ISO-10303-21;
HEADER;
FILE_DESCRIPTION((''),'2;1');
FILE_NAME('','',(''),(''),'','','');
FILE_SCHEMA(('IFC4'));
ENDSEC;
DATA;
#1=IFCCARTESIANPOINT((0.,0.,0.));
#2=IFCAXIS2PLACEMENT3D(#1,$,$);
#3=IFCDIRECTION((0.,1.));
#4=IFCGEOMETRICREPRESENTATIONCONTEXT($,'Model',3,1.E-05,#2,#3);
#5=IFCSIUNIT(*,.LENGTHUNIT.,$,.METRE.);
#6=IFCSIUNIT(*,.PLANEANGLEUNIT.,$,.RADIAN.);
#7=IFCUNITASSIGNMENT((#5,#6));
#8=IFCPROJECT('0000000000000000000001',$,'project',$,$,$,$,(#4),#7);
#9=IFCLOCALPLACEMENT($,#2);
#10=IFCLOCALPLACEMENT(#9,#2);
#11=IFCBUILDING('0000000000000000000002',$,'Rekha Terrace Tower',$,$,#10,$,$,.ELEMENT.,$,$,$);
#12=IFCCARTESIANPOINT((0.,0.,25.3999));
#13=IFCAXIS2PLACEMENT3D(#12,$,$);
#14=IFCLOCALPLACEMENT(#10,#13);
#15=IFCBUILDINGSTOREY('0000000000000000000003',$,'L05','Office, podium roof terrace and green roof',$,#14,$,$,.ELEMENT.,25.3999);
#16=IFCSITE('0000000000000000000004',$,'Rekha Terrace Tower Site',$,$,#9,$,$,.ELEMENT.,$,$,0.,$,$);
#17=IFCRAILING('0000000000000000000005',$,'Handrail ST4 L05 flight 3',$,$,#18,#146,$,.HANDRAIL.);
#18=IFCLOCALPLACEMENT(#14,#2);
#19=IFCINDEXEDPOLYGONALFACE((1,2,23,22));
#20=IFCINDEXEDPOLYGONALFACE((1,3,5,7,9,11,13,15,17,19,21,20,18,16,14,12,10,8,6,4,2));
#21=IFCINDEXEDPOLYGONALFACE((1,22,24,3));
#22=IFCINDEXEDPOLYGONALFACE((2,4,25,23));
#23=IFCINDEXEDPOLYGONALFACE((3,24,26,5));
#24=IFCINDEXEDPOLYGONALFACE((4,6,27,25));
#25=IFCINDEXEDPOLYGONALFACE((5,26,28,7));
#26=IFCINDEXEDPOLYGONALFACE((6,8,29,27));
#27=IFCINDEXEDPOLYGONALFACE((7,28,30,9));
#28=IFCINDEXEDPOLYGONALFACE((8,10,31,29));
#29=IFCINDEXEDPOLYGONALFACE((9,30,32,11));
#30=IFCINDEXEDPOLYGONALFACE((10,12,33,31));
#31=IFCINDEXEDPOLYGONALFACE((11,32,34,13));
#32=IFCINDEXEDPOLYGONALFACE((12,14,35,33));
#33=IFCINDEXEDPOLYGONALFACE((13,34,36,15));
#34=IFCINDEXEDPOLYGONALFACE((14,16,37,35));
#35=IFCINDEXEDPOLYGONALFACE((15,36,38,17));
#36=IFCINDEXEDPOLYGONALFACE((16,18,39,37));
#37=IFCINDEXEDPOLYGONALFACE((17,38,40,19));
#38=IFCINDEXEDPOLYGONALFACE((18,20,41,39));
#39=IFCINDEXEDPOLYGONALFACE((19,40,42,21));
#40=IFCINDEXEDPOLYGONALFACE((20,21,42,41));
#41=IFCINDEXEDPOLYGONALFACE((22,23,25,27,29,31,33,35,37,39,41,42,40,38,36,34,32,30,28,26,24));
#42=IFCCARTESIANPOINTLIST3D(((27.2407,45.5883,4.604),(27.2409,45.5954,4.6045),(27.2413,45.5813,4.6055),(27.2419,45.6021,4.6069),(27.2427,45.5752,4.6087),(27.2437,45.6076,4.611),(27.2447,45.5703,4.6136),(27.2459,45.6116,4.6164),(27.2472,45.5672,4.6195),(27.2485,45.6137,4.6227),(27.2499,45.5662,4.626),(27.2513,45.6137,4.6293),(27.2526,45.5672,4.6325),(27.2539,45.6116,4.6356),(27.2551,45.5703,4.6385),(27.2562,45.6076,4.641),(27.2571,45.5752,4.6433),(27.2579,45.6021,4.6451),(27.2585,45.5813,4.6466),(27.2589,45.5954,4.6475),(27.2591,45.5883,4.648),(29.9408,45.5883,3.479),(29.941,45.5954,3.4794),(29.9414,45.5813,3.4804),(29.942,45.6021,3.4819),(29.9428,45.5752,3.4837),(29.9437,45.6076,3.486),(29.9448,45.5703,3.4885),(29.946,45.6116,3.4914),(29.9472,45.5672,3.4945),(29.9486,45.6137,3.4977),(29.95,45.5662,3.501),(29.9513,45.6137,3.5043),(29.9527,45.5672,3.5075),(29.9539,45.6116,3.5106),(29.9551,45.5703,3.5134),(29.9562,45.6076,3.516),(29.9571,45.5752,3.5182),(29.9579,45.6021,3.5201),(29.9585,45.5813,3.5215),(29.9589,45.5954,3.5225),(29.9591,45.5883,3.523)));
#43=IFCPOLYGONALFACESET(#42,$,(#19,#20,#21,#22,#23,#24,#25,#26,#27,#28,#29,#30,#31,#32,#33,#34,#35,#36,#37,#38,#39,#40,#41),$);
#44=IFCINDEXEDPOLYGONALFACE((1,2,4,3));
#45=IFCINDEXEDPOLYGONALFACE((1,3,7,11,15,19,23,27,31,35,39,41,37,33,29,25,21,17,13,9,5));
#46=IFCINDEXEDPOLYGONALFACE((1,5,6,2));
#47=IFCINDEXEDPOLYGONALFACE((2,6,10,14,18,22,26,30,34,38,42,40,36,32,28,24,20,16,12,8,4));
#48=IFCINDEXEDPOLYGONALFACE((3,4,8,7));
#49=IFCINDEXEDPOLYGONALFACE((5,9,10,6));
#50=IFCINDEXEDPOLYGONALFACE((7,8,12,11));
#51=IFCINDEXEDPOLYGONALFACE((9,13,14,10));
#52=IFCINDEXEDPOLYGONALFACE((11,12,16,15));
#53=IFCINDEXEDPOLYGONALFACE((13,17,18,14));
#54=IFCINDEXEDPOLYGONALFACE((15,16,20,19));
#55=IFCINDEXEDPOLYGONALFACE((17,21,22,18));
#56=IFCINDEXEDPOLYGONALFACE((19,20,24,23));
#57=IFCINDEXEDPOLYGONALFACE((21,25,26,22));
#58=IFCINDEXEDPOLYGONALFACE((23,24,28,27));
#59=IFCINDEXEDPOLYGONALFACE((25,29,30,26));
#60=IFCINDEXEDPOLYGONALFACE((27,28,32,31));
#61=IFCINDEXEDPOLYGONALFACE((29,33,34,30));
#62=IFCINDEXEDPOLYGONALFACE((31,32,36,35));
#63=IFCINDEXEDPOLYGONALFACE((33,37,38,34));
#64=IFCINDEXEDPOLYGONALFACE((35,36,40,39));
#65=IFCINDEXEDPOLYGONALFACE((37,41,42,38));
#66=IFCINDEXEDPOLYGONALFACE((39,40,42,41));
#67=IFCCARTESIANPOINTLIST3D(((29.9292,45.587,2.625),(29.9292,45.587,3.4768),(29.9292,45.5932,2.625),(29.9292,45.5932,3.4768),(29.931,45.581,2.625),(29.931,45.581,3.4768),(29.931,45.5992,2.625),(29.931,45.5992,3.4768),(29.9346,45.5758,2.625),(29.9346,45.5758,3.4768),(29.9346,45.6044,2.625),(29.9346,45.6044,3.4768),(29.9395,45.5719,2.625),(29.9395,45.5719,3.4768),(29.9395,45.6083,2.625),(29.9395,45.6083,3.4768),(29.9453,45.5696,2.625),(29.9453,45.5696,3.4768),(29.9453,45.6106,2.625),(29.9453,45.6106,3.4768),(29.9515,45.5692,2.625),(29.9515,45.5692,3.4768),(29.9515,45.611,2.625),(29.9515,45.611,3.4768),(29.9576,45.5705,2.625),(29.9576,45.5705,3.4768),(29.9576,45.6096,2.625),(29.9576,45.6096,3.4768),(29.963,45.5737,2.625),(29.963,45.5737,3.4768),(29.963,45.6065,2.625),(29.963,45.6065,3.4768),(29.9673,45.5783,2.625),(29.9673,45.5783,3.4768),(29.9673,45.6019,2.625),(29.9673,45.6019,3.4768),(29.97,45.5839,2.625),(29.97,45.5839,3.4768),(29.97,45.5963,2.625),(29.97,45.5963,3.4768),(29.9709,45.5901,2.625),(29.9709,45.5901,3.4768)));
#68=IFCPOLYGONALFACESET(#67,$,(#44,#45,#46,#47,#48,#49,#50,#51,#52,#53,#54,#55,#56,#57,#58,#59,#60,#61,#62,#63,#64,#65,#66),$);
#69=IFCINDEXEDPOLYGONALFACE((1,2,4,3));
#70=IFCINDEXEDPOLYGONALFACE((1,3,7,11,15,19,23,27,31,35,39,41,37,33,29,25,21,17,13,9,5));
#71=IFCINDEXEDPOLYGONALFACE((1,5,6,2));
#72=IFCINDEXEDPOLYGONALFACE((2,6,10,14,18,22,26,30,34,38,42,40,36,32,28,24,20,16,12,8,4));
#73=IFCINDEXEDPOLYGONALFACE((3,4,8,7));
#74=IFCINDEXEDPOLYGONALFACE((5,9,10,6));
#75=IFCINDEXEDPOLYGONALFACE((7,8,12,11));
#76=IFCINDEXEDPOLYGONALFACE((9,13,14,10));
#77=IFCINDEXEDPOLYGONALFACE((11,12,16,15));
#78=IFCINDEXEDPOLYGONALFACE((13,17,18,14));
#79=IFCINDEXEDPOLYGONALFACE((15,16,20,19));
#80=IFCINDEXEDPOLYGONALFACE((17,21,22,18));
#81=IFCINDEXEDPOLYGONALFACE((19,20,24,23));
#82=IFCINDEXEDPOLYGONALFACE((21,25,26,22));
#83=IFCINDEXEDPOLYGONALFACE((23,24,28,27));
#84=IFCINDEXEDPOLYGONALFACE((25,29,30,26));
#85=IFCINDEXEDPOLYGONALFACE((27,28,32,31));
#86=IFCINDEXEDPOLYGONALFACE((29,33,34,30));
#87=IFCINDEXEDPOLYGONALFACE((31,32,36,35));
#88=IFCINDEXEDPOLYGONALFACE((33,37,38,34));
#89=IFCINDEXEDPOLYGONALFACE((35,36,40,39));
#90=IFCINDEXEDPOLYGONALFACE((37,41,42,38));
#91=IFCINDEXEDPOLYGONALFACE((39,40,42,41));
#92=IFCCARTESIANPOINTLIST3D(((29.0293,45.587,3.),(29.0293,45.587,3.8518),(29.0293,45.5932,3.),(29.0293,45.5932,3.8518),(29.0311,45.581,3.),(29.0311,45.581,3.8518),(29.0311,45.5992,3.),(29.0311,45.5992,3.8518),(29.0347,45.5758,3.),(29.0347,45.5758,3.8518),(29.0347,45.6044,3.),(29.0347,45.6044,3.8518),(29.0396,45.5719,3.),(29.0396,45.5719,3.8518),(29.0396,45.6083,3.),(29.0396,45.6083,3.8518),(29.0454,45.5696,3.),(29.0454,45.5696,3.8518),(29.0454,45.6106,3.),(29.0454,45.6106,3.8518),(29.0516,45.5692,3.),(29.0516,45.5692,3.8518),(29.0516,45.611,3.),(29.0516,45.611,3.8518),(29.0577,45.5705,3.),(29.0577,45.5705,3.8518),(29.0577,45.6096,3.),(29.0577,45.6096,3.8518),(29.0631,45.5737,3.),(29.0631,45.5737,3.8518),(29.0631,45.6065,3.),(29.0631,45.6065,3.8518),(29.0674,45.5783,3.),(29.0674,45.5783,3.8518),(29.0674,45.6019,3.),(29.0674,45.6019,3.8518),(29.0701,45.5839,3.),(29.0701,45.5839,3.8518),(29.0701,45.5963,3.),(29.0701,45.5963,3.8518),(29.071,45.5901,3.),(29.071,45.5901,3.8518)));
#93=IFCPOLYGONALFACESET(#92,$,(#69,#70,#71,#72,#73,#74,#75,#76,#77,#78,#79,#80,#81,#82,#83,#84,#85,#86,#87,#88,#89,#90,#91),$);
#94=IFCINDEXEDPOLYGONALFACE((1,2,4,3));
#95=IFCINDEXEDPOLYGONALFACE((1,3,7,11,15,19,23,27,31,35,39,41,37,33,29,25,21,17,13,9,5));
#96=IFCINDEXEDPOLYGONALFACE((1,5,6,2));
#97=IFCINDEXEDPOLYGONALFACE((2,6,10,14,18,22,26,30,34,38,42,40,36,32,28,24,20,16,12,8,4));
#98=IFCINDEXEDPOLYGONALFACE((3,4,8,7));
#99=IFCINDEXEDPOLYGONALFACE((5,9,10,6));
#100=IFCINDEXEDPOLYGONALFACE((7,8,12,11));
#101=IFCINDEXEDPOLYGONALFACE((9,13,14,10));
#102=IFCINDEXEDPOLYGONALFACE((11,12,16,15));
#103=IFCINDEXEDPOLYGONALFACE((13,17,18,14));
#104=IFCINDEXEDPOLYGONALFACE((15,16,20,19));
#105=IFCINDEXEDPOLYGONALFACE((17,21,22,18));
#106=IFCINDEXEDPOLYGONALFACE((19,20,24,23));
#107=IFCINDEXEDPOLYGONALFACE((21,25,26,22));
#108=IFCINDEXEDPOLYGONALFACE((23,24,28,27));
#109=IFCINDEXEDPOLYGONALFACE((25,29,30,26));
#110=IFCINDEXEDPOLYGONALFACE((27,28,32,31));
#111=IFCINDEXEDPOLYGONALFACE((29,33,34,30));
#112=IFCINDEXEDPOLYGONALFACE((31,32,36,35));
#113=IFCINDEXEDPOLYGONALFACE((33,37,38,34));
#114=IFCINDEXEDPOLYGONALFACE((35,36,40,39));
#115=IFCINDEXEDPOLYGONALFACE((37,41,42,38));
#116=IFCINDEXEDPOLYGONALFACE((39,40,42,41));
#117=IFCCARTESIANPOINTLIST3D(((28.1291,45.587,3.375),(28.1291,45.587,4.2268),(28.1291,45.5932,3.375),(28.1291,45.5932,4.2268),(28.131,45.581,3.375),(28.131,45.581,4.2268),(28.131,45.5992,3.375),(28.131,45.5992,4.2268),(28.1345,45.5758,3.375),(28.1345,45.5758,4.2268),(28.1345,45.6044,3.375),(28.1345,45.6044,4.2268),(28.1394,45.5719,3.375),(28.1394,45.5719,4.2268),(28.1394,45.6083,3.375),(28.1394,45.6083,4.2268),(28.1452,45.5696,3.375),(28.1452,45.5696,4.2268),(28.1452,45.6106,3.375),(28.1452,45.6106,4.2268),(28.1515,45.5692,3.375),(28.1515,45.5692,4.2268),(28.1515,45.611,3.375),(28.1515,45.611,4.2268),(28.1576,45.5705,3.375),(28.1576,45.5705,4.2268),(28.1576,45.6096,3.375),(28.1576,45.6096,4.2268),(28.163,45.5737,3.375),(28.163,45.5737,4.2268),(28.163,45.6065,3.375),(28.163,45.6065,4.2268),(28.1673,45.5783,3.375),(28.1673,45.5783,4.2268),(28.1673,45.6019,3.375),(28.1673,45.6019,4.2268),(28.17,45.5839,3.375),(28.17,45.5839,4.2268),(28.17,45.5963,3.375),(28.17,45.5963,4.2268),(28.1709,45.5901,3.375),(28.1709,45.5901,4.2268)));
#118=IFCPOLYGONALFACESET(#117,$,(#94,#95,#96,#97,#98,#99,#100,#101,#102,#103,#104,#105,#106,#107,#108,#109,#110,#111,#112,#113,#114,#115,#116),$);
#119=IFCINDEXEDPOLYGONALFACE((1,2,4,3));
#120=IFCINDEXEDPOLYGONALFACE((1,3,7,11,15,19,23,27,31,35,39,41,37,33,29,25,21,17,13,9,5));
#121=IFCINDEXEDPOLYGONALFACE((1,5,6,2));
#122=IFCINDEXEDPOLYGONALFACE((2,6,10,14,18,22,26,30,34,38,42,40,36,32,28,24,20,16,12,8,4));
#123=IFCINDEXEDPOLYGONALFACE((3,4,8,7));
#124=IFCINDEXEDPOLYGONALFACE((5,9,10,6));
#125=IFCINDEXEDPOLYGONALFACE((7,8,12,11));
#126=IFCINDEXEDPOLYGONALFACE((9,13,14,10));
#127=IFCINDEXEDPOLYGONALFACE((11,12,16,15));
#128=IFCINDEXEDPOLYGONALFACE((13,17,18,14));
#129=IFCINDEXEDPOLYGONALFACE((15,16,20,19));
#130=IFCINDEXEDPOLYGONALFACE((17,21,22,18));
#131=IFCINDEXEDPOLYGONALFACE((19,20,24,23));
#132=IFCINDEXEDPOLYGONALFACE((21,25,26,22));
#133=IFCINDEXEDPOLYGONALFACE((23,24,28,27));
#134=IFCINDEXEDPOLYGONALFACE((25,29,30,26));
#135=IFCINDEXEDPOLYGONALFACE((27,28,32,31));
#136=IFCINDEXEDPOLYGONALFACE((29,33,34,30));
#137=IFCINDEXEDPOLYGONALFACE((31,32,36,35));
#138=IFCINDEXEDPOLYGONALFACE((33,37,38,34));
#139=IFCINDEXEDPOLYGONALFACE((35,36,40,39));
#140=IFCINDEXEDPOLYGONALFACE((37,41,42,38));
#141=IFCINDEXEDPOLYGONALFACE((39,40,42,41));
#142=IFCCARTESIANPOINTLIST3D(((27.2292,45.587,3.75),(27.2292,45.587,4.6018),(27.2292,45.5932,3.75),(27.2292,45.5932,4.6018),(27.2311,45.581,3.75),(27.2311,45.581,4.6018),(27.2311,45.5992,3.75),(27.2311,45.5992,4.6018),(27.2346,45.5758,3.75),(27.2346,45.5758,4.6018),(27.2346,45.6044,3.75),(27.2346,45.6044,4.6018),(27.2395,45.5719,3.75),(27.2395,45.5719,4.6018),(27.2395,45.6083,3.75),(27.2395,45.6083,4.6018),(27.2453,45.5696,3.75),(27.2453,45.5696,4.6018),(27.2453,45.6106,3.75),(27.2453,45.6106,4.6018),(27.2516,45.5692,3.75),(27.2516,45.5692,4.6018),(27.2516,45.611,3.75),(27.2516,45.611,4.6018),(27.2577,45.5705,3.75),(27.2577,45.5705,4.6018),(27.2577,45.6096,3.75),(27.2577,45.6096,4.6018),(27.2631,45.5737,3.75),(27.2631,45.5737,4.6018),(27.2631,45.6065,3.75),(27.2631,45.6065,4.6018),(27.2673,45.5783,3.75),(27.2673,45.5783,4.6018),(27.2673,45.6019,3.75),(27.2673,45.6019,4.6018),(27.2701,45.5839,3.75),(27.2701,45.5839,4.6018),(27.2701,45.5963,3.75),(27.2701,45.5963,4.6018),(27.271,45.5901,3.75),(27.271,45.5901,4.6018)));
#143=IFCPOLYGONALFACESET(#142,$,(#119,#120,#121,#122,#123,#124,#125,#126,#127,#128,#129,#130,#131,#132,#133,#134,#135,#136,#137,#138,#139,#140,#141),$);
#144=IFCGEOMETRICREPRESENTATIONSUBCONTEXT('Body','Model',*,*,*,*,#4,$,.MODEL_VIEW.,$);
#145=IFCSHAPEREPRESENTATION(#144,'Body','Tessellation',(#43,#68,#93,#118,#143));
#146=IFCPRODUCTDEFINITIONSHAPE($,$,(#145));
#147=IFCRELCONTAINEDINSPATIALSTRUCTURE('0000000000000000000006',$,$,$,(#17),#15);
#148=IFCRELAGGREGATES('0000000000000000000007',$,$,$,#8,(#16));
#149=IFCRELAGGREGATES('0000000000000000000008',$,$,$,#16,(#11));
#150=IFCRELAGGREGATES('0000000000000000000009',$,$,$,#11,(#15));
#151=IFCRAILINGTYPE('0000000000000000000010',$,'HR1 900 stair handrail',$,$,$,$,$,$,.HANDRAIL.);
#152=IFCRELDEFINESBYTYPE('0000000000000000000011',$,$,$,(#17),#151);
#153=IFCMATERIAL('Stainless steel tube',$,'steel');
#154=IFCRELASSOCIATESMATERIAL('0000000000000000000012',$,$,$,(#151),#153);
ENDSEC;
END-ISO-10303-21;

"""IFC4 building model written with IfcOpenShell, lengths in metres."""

from ifc_helpers import new_model, si_unit, direction, frame, origin, origin_2d, place, context, subcontext, project, spatial, circle, extrude, material, type_object, element, save


model = new_model("IFC4")

# Units and contexts
model_context = context("Model", 3, precision=1e-05, world=origin(), true_north=direction((0.0, 1.0)))
body_context = subcontext(model_context, "Body", "Model", "MODEL_VIEW")
ifc_project = project(units=[si_unit("LENGTHUNIT", "METRE"), si_unit("PLANEANGLEUNIT", "RADIAN")], contexts=[model_context])

# Site, building, storey
site_placement = place(None, origin())
site = spatial("IfcSite", under=ifc_project, at=site_placement, Name="Rekha Terrace Tower Site", CompositionType="ELEMENT", RefElevation=0.0)
building_placement = place(site_placement, origin())
building = spatial("IfcBuilding", under=site, at=building_placement, Name="Rekha Terrace Tower", CompositionType="ELEMENT")
storey_placement = place(building_placement, frame((0.0, 0.0, 25.3999)))
storey = spatial("IfcBuildingStorey", under=building, at=storey_placement, Name="L05", Description="Office, podium roof terrace and green roof", CompositionType="ELEMENT", Elevation=25.3999)

# Railing
ifc_material_1 = material(Name="Stainless steel tube", Category="steel")
railing_type_1 = type_object("IfcRailingType", Name="HR1 900 stair handrail", PredefinedType="HANDRAIL", material=ifc_material_1)
railing_1_placement = place(storey_placement, frame((29.95, 45.5901, 2.625)))
element("IfcRailing", 1, at=railing_1_placement, inside=storey, type_object=railing_type_1, Name="Handrail ST4 L05 flight 3", PredefinedType="HANDRAIL", context=body_context, shape_type="SweptSolid", body=[
    extrude(circle(Radius=0.0239, at=origin_2d()), frame((0.0, 0.0, 0.876), z_axis=(-0.923074, 0.0, 0.384621), x_axis=(0.0, -1.0, 0.0)), (0.0, 0.0, 1.0), 2.925),
    extrude(circle(Radius=0.021, at=origin_2d()), origin(), (0.0, 0.0, 1.0), 0.8518),
    extrude(circle(Radius=0.021, at=origin_2d()), frame((-0.8999, 0.0, 0.375)), (0.0, 0.0, 1.0), 0.8518),
    extrude(circle(Radius=0.021, at=origin_2d()), frame((-1.8, 0.0, 0.75)), (0.0, 0.0, 1.0), 0.8518),
    extrude(circle(Radius=0.021, at=origin_2d()), frame((-2.7, 0.0, 1.125)), (0.0, 0.0, 1.0), 0.8518),
])

save(model, "model.ifc")
